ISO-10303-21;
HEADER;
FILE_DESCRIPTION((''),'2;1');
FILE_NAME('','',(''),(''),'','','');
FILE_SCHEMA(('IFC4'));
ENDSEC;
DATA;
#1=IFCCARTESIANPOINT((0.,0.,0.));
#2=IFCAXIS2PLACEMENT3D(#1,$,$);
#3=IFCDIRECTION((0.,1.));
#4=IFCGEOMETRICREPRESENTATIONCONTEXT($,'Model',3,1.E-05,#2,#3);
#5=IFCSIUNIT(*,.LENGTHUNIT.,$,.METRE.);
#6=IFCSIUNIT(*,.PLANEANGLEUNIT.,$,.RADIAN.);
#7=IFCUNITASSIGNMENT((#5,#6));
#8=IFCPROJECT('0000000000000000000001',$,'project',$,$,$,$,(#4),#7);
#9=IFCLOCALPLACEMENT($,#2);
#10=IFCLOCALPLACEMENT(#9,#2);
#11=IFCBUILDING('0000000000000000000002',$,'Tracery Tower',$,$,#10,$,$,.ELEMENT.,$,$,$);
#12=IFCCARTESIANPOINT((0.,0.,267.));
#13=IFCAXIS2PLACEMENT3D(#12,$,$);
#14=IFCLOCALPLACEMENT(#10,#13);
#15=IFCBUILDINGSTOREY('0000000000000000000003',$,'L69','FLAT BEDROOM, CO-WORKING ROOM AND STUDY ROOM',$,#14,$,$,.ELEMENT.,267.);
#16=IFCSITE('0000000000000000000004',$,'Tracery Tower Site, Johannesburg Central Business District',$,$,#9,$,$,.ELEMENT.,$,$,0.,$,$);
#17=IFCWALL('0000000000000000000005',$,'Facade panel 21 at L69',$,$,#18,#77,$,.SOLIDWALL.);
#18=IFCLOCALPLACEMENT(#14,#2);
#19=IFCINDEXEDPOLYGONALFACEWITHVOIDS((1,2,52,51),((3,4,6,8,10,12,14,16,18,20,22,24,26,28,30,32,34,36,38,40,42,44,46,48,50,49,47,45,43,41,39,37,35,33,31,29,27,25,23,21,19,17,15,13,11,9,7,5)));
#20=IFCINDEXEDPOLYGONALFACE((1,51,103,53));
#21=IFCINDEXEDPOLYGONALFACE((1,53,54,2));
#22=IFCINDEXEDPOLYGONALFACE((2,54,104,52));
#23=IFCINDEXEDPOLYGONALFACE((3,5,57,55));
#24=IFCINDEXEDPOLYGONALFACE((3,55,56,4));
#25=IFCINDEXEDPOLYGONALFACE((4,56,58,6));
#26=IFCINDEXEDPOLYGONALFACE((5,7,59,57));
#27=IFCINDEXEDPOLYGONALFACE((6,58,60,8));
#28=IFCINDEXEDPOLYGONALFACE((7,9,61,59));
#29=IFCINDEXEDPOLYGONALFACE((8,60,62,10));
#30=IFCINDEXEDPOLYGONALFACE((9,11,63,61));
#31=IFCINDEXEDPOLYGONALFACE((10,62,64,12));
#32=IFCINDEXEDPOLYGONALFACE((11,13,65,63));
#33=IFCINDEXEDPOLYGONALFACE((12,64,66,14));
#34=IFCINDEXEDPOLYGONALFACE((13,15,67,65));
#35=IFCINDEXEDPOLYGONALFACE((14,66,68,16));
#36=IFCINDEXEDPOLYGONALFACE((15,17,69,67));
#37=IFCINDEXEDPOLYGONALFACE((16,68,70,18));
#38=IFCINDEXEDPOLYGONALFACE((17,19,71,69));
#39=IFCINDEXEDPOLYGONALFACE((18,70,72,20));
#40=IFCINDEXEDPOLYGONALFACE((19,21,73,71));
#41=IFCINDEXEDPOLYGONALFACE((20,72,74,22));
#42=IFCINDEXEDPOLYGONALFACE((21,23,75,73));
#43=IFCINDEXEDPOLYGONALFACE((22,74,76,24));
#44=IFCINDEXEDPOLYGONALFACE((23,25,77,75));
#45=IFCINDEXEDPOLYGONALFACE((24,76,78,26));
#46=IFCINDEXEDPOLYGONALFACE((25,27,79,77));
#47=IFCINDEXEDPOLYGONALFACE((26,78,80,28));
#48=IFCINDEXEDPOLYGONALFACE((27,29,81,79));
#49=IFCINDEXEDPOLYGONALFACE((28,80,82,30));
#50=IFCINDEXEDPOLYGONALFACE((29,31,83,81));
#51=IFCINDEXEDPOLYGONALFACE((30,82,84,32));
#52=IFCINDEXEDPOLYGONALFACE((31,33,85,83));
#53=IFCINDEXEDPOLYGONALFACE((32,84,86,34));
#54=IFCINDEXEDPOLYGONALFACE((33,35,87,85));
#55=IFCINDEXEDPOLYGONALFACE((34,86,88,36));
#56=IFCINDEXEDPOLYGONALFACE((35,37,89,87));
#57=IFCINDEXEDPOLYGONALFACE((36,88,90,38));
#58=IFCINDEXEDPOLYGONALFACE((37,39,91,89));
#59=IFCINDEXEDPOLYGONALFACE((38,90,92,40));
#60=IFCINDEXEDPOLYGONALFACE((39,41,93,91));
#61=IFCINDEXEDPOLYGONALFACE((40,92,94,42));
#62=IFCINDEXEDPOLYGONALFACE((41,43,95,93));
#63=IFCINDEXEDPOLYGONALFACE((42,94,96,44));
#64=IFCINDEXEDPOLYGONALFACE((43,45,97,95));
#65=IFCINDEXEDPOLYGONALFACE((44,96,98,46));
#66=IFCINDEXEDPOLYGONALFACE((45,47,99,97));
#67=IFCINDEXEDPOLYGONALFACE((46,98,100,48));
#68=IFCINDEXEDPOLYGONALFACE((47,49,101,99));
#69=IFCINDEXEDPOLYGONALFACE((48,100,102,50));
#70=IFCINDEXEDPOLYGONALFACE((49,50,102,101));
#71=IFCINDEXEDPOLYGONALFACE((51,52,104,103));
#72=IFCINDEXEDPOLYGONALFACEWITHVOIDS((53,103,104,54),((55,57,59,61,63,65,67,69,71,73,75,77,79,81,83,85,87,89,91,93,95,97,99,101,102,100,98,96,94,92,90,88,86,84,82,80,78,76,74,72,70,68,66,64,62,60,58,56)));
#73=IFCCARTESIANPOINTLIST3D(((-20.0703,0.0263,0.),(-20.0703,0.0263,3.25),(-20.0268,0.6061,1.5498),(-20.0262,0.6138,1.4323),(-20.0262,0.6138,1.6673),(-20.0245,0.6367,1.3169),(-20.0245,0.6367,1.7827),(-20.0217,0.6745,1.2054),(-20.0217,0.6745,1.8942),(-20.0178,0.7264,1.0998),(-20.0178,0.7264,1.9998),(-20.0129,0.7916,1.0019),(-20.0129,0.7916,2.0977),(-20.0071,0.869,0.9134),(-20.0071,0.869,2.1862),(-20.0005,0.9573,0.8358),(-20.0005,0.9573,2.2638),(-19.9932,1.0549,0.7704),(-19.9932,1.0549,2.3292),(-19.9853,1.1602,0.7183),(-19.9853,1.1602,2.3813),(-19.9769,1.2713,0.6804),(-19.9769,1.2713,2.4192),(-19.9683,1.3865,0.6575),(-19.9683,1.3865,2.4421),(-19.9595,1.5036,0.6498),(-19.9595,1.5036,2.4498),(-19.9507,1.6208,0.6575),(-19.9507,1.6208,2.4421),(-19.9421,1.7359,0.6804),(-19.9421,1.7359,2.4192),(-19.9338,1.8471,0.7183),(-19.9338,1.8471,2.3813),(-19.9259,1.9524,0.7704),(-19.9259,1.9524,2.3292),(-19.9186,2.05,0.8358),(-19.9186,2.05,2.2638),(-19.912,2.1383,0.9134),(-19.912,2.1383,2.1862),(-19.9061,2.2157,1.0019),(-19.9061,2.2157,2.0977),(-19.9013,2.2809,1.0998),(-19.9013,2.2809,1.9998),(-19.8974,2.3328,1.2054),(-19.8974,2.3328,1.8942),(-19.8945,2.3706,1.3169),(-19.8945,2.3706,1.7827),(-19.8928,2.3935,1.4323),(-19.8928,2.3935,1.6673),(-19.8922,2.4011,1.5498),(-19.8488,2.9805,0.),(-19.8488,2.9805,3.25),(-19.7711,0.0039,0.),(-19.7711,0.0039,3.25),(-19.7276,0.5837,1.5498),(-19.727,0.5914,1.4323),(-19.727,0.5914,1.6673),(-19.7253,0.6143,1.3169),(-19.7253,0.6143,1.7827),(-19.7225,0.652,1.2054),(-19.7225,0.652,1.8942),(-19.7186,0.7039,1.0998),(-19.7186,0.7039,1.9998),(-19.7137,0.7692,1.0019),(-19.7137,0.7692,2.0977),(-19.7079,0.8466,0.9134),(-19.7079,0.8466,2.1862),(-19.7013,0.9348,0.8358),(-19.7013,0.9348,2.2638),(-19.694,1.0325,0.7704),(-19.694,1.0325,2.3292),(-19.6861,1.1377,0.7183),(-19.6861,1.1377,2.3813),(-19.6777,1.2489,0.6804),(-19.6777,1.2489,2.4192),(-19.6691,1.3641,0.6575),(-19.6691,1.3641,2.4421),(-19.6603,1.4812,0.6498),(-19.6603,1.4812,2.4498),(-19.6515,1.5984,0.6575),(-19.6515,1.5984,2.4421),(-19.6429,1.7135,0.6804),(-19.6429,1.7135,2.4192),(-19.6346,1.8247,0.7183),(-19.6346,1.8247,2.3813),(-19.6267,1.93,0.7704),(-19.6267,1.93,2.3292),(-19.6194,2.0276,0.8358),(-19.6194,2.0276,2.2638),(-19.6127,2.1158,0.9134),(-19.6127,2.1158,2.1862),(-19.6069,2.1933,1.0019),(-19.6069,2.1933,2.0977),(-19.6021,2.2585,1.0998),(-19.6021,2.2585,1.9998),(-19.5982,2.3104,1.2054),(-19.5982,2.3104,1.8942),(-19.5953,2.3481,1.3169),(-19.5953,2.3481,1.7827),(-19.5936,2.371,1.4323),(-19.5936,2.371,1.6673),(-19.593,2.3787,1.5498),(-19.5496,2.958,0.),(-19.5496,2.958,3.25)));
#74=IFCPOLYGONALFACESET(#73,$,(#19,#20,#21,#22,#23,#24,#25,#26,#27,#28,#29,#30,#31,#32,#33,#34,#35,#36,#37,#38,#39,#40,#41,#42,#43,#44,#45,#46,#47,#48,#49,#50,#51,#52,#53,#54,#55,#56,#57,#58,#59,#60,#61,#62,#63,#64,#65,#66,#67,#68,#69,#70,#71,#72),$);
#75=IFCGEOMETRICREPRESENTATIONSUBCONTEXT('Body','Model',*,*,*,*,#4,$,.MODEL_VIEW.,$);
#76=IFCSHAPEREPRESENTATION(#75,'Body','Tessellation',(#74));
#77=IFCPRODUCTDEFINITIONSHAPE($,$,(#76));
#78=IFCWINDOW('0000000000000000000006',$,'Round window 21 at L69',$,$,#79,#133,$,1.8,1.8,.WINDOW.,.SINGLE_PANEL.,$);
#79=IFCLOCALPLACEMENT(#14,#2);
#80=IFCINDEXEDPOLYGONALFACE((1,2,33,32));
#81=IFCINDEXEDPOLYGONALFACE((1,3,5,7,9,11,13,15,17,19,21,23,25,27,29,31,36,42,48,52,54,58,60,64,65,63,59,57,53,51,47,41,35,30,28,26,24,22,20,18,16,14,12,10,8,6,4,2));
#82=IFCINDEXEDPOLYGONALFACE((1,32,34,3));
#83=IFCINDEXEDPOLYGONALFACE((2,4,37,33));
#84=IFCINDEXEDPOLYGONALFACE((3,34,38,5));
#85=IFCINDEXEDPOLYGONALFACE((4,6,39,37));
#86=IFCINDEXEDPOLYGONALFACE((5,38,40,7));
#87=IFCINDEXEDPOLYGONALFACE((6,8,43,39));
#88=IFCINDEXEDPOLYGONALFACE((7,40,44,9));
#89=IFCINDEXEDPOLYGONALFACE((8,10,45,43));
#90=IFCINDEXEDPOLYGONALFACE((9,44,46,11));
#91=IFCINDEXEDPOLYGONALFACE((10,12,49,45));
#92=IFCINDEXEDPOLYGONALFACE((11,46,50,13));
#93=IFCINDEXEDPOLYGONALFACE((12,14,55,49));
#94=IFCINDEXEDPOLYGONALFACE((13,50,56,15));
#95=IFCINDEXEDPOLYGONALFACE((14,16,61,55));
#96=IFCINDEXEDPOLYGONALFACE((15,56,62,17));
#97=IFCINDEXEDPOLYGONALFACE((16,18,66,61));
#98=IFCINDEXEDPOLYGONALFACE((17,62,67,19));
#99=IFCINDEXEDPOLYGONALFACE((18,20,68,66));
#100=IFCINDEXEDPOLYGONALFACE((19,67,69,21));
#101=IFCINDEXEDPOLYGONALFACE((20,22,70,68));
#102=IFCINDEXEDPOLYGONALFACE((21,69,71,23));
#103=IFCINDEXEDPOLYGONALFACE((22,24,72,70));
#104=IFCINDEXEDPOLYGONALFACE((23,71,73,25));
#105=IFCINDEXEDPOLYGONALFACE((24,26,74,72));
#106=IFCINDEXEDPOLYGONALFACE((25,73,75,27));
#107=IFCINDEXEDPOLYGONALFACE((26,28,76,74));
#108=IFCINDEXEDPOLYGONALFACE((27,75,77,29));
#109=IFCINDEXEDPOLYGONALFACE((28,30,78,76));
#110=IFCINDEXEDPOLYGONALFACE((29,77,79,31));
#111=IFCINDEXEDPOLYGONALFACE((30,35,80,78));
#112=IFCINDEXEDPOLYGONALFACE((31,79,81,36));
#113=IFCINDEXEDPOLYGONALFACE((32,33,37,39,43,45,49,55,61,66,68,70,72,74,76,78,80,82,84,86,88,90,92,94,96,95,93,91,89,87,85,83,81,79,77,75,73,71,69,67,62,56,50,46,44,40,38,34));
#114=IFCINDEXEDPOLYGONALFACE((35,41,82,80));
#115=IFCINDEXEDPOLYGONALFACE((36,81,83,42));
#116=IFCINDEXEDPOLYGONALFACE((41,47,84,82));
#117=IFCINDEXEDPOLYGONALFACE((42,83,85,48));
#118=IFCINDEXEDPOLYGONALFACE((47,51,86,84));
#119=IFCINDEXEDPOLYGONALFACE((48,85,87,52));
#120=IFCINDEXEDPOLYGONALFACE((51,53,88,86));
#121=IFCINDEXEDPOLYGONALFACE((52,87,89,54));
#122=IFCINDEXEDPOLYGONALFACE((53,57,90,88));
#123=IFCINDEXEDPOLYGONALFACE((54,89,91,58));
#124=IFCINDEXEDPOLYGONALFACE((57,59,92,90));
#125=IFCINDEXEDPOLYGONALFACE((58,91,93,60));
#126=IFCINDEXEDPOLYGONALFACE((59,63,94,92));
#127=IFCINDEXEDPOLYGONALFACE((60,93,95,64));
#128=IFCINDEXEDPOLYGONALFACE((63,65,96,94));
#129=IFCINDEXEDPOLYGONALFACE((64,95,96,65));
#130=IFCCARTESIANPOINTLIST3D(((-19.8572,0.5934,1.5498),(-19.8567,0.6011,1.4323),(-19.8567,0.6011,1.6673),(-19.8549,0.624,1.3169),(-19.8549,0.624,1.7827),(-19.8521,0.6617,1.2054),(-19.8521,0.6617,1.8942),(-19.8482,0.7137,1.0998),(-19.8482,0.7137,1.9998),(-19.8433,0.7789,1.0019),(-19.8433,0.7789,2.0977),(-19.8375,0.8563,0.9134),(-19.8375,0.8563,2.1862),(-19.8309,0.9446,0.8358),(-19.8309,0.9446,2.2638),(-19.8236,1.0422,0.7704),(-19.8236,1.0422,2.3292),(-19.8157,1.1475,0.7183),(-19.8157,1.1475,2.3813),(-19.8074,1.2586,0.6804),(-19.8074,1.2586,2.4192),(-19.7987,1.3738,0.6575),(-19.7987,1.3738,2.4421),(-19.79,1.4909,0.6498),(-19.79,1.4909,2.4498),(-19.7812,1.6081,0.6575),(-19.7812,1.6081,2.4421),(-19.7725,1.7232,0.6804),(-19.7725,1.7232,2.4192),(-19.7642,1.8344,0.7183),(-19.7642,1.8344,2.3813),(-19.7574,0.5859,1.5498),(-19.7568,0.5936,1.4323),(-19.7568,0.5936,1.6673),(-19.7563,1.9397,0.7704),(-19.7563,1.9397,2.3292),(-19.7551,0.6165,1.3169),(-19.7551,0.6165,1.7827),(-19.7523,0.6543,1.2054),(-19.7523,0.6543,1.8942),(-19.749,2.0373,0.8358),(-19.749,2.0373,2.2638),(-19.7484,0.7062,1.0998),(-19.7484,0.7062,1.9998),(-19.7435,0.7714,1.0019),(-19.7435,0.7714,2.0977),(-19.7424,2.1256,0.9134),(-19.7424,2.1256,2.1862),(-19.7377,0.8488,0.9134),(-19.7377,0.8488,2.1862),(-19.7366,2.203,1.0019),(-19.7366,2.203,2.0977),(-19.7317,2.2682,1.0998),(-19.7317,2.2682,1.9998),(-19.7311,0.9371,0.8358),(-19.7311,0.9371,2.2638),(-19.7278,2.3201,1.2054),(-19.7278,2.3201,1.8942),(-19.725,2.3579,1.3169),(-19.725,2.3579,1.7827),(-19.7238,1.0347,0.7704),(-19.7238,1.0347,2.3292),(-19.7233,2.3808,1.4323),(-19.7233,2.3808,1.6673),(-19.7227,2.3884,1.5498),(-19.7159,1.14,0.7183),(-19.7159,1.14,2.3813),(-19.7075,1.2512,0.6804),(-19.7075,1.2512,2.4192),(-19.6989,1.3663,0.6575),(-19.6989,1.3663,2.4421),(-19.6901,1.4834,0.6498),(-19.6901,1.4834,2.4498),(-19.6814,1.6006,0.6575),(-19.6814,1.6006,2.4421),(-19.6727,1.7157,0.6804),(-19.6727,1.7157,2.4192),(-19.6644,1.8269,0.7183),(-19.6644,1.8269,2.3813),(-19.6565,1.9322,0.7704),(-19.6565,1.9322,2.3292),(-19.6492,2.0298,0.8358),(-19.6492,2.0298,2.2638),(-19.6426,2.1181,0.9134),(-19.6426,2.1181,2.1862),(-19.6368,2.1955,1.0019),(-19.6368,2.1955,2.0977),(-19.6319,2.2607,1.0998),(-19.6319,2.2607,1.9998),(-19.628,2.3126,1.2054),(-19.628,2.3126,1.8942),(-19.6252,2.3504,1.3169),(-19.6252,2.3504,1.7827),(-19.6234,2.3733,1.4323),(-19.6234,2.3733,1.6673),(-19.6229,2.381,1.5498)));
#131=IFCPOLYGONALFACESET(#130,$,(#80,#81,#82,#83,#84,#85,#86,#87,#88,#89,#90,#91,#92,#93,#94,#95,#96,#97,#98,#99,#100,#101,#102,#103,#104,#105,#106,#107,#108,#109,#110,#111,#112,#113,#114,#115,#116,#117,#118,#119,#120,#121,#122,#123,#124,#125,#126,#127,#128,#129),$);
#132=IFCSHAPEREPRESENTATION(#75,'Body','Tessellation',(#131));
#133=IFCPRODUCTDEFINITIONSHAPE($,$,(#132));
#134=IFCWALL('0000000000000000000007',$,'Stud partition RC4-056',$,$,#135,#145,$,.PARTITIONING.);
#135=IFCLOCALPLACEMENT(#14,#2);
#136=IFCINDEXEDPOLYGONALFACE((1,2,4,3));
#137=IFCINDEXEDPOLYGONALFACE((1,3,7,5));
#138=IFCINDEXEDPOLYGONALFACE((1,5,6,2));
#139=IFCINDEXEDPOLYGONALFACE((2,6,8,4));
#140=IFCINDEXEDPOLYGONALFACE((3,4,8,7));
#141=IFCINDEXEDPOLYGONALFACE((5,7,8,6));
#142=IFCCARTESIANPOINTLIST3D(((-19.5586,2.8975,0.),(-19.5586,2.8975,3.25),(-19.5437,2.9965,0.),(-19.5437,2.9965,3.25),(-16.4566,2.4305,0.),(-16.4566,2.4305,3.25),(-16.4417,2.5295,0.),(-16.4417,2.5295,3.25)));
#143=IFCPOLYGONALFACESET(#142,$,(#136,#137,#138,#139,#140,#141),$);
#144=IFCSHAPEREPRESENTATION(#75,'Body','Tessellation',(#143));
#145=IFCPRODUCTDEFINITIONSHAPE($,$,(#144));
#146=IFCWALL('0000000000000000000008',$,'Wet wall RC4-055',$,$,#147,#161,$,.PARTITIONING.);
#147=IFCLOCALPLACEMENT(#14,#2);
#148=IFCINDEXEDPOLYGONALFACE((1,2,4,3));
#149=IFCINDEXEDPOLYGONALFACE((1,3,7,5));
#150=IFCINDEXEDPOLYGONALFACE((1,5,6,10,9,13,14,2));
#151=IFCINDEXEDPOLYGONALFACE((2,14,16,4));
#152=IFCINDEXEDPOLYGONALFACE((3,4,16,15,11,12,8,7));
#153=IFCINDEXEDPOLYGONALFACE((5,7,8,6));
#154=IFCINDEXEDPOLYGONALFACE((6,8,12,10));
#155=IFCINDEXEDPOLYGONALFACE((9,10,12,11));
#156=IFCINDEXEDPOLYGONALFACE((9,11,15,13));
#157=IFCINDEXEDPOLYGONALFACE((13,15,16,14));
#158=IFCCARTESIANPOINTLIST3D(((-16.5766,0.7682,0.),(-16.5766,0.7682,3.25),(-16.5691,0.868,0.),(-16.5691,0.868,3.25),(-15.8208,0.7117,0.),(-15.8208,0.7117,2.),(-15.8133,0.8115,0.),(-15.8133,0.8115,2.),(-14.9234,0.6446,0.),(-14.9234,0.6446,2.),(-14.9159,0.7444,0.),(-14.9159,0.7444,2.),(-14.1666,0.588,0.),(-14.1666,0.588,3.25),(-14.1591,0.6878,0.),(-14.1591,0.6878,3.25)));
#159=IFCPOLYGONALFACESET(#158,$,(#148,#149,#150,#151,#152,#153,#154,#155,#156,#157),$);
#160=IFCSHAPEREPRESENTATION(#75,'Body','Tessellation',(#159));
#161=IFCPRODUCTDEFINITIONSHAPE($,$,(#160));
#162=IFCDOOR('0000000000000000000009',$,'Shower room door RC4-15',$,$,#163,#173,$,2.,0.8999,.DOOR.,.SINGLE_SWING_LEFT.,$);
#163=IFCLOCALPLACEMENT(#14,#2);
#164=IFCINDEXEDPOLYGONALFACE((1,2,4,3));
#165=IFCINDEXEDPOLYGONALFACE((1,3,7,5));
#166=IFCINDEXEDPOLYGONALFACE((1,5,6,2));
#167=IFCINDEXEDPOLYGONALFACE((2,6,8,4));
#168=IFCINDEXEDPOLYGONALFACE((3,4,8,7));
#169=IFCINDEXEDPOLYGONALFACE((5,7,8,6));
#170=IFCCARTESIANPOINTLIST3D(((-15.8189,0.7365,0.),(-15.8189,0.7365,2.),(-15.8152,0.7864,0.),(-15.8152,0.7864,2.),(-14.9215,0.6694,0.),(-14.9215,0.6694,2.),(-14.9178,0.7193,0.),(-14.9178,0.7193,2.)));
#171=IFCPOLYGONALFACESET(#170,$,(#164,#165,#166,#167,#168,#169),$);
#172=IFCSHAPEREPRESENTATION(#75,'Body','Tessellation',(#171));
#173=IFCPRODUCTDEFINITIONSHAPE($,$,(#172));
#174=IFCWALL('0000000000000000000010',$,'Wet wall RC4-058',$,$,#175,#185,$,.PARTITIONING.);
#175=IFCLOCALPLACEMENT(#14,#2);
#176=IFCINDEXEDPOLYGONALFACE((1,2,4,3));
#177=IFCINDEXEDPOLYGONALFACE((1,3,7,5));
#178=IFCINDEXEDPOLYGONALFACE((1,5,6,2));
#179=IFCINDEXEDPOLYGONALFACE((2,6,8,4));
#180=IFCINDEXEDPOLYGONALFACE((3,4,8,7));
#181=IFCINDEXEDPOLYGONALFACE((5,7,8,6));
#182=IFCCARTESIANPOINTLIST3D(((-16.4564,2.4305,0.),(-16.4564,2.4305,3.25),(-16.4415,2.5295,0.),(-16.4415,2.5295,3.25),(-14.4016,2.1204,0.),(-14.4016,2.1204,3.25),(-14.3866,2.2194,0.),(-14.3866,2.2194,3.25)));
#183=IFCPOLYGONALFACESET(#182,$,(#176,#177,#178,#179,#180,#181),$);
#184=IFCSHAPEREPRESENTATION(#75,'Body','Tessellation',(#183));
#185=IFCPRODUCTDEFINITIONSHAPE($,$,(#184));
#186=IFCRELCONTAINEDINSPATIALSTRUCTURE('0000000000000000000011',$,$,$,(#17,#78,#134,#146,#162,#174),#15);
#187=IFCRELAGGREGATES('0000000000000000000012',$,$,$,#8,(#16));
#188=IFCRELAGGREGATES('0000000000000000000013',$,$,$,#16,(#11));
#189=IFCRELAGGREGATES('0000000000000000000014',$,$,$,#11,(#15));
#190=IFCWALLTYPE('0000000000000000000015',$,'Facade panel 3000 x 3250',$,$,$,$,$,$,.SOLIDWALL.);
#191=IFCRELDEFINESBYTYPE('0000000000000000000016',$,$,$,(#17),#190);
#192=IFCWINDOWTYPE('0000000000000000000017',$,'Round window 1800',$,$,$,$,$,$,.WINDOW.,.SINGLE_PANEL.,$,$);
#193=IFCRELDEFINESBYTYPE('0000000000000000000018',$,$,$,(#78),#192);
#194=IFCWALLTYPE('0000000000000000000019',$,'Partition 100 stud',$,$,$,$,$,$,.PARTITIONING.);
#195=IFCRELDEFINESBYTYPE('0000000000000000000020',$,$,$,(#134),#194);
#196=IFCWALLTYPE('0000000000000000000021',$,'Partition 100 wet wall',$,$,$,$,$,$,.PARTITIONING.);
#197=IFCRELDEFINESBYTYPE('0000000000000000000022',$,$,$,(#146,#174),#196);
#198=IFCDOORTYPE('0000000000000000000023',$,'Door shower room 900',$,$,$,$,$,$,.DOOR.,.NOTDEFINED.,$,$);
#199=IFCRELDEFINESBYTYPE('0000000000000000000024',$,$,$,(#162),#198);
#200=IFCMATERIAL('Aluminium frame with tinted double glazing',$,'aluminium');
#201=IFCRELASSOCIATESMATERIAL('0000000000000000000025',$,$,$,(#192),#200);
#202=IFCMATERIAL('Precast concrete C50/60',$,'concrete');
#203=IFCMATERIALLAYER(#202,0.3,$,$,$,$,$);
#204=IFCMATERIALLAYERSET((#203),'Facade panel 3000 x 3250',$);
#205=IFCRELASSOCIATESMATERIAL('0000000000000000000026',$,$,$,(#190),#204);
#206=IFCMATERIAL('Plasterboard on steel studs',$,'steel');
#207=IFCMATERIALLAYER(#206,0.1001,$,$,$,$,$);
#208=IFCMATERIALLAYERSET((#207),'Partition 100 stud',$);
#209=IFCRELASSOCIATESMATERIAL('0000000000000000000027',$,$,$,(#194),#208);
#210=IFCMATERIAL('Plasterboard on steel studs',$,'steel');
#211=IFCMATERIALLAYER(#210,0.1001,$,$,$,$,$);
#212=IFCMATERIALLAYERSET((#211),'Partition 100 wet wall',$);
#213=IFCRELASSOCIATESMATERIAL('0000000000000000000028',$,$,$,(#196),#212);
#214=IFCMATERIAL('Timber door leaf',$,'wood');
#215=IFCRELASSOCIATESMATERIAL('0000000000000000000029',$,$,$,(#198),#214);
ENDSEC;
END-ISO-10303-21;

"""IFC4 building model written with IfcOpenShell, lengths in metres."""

from ifc_helpers import new_model, si_unit, direction, frame, frame_2d, origin, origin_2d, place, context, subcontext, project, spatial, rectangle, circle, extrude, material, layer, layer_set, type_object, element, fill, save


model = new_model("IFC4")

# Units and contexts
model_context = context("Model", 3, precision=1e-05, world=origin(), true_north=direction((0.0, 1.0)))
body_context = subcontext(model_context, "Body", "Model", "MODEL_VIEW")
ifc_project = project(units=[si_unit("LENGTHUNIT", "METRE"), si_unit("PLANEANGLEUNIT", "RADIAN")], contexts=[model_context])

# Site, building, storey
site_placement = place(None, origin())
site = spatial("IfcSite", under=ifc_project, at=site_placement, Name="Tracery Tower Site, Johannesburg Central Business District", CompositionType="ELEMENT", RefElevation=0.0)
building_placement = place(site_placement, origin())
building = spatial("IfcBuilding", under=site, at=building_placement, Name="Tracery Tower", CompositionType="ELEMENT")
storey_placement = place(building_placement, frame((0.0, 0.0, 267.0)))
storey = spatial("IfcBuildingStorey", under=building, at=storey_placement, Name="L69", Description="FLAT BEDROOM, CO-WORKING ROOM AND STUDY ROOM", CompositionType="ELEMENT", Elevation=267.0)

# Wall, opening, window
ifc_material_1 = material(Name="Aluminium frame with tinted double glazing", Category="aluminium")
window_type = type_object("IfcWindowType", Name="Round window 1800", PartitioningType="SINGLE_PANEL", PredefinedType="WINDOW", material=ifc_material_1)
ifc_material_2 = material(Name="Precast concrete C50/60", Category="concrete")
ifc_layer_1 = layer(ifc_material_2, 0.3)
ifc_layer_set_1 = layer_set([ifc_layer_1], Name="Facade panel 3000 x 3250")
wall_type_1 = type_object("IfcWallType", Name="Facade panel 3000 x 3250", PredefinedType="SOLIDWALL", material=ifc_layer_set_1)
wall_1_placement = place(storey_placement, frame((-19.6992, 2.9692, 0.0), z_axis=(0.0, 0.0, 1.0), x_axis=(-0.074749, -0.997202, 0.0)))
wall_1 = element("IfcWall", 1, at=wall_1_placement, inside=storey, type_object=wall_type_1, Name="Facade panel 21 at L69", PredefinedType="SOLIDWALL", context=body_context, shape_type="SweptSolid", body=[
    extrude(rectangle(XDim=2.9624, YDim=0.3, at=frame_2d((1.4812, 0.0))), origin(), (0.0, 0.0, 1.0), 3.25),
])
opening_1_placement = place(wall_1_placement, frame((1.481, 0.0, 1.5498)))
opening_1 = element("IfcOpeningElement", 2, at=opening_1_placement, cuts=wall_1, PredefinedType="OPENING", context=body_context, shape_type="SweptSolid", body=[
    extrude(circle(Radius=0.9, at=origin_2d()), frame((0.0, 0.1599, 0.0), z_axis=(0.0, -1.0, 0.0), x_axis=(1.0, 0.0, 0.0)), (0.0, 0.0, 1.0), 0.3201),
])
window_1_placement = place(opening_1_placement, origin())
window_1 = element("IfcWindow", 3, at=window_1_placement, inside=storey, type_object=window_type, Name="Round window 21 at L69", OverallHeight=1.8, OverallWidth=1.8, PartitioningType="SINGLE_PANEL", PredefinedType="WINDOW", context=body_context, shape_type="SweptSolid", body=[
    extrude(circle(Radius=0.9, at=origin_2d()), frame((0.0, 0.1201, 0.0), z_axis=(0.0, -1.0, 0.0), x_axis=(1.0, 0.0, 0.0)), (0.0, 0.0, 1.0), 0.1001),
])
fill(opening_1, window_1)

# Wall
ifc_material_3 = material(Name="Plasterboard on steel studs", Category="steel")
ifc_layer_2 = layer(ifc_material_3, 0.1001)
ifc_layer_set_2 = layer_set([ifc_layer_2], Name="Partition 100 stud")
wall_type_2 = type_object("IfcWallType", Name="Partition 100 stud", PredefinedType="PARTITIONING", material=ifc_layer_set_2)
wall_2_placement = place(storey_placement, frame((-19.551, 2.947, 0.0), z_axis=(0.0, 0.0, 1.0), x_axis=(0.988855, -0.148881, 0.0)))
element("IfcWall", 4, at=wall_2_placement, inside=storey, type_object=wall_type_2, Name="Stud partition RC4-056", PredefinedType="PARTITIONING", context=body_context, shape_type="SweptSolid", body=[
    extrude(rectangle(XDim=3.137, YDim=0.1001, at=frame_2d((1.5684, 0.0))), origin(), (0.0, 0.0, 1.0), 3.25),
])

# Wall, opening, door
ifc_material_4 = material(Name="Plasterboard on steel studs", Category="steel")
ifc_layer_3 = layer(ifc_material_4, 0.1001)
ifc_layer_set_3 = layer_set([ifc_layer_3], Name="Partition 100 wet wall")
wall_type_3 = type_object("IfcWallType", Name="Partition 100 wet wall", PredefinedType="PARTITIONING", material=ifc_layer_set_3)
wall_3_placement = place(storey_placement, frame((-16.573, 0.8181, 0.0), z_axis=(0.0, 0.0, 1.0), x_axis=(0.997217, -0.074556, 0.0)))
wall_3 = element("IfcWall", 5, at=wall_3_placement, inside=storey, type_object=wall_type_3, Name="Wet wall RC4-055", PredefinedType="PARTITIONING", context=body_context, shape_type="SweptSolid", body=[
    extrude(rectangle(XDim=2.4167, YDim=0.1001, at=frame_2d((1.2085, 0.0))), origin(), (0.0, 0.0, 1.0), 3.25),
])
opening_2_placement = place(wall_3_placement, frame((0.7581, 0.0, 0.0)))
opening_2 = element("IfcOpeningElement", 6, at=opening_2_placement, cuts=wall_3, PredefinedType="OPENING", context=body_context, shape_type="SweptSolid", body=[
    extrude(rectangle(XDim=0.8999, YDim=2.0, at=frame_2d((0.45, 1.0))), frame((0.0, 0.05, 0.0), z_axis=(0.0, -1.0, 0.0), x_axis=(1.0, 0.0, 0.0)), (0.0, 0.0, 1.0), 0.1001),
])
ifc_material_5 = material(Name="Timber door leaf", Category="wood")
door_type_1 = type_object("IfcDoorType", Name="Door shower room 900", OperationType="NOTDEFINED", PredefinedType="DOOR", material=ifc_material_5)
door_1_placement = place(opening_2_placement, origin())
door_1 = element("IfcDoor", 7, at=door_1_placement, inside=storey, type_object=door_type_1, Name="Shower room door RC4-15", OperationType="SINGLE_SWING_LEFT", OverallHeight=2.0, OverallWidth=0.8999, PredefinedType="DOOR", context=body_context, shape_type="SweptSolid", body=[
    extrude(rectangle(XDim=0.8999, YDim=2.0, at=frame_2d((0.45, 1.0))), frame((0.0, 0.0249, 0.0), z_axis=(0.0, -1.0, 0.0), x_axis=(1.0, 0.0, 0.0)), (0.0, 0.0, 1.0), 0.05),
])
fill(opening_2, door_1)

# Wall
wall_4_placement = place(storey_placement, frame((-16.449, 2.48, 0.0), z_axis=(0.0, 0.0, 1.0), x_axis=(0.988808, -0.149196, 0.0)))
element("IfcWall", 8, at=wall_4_placement, inside=storey, type_object=wall_type_3, Name="Wet wall RC4-058", PredefinedType="PARTITIONING", context=body_context, shape_type="SweptSolid", body=[
    extrude(rectangle(XDim=2.0781, YDim=0.1001, at=frame_2d((1.0391, 0.0))), origin(), (0.0, 0.0, 1.0), 3.25),
])

save(model, "model.ifc")
